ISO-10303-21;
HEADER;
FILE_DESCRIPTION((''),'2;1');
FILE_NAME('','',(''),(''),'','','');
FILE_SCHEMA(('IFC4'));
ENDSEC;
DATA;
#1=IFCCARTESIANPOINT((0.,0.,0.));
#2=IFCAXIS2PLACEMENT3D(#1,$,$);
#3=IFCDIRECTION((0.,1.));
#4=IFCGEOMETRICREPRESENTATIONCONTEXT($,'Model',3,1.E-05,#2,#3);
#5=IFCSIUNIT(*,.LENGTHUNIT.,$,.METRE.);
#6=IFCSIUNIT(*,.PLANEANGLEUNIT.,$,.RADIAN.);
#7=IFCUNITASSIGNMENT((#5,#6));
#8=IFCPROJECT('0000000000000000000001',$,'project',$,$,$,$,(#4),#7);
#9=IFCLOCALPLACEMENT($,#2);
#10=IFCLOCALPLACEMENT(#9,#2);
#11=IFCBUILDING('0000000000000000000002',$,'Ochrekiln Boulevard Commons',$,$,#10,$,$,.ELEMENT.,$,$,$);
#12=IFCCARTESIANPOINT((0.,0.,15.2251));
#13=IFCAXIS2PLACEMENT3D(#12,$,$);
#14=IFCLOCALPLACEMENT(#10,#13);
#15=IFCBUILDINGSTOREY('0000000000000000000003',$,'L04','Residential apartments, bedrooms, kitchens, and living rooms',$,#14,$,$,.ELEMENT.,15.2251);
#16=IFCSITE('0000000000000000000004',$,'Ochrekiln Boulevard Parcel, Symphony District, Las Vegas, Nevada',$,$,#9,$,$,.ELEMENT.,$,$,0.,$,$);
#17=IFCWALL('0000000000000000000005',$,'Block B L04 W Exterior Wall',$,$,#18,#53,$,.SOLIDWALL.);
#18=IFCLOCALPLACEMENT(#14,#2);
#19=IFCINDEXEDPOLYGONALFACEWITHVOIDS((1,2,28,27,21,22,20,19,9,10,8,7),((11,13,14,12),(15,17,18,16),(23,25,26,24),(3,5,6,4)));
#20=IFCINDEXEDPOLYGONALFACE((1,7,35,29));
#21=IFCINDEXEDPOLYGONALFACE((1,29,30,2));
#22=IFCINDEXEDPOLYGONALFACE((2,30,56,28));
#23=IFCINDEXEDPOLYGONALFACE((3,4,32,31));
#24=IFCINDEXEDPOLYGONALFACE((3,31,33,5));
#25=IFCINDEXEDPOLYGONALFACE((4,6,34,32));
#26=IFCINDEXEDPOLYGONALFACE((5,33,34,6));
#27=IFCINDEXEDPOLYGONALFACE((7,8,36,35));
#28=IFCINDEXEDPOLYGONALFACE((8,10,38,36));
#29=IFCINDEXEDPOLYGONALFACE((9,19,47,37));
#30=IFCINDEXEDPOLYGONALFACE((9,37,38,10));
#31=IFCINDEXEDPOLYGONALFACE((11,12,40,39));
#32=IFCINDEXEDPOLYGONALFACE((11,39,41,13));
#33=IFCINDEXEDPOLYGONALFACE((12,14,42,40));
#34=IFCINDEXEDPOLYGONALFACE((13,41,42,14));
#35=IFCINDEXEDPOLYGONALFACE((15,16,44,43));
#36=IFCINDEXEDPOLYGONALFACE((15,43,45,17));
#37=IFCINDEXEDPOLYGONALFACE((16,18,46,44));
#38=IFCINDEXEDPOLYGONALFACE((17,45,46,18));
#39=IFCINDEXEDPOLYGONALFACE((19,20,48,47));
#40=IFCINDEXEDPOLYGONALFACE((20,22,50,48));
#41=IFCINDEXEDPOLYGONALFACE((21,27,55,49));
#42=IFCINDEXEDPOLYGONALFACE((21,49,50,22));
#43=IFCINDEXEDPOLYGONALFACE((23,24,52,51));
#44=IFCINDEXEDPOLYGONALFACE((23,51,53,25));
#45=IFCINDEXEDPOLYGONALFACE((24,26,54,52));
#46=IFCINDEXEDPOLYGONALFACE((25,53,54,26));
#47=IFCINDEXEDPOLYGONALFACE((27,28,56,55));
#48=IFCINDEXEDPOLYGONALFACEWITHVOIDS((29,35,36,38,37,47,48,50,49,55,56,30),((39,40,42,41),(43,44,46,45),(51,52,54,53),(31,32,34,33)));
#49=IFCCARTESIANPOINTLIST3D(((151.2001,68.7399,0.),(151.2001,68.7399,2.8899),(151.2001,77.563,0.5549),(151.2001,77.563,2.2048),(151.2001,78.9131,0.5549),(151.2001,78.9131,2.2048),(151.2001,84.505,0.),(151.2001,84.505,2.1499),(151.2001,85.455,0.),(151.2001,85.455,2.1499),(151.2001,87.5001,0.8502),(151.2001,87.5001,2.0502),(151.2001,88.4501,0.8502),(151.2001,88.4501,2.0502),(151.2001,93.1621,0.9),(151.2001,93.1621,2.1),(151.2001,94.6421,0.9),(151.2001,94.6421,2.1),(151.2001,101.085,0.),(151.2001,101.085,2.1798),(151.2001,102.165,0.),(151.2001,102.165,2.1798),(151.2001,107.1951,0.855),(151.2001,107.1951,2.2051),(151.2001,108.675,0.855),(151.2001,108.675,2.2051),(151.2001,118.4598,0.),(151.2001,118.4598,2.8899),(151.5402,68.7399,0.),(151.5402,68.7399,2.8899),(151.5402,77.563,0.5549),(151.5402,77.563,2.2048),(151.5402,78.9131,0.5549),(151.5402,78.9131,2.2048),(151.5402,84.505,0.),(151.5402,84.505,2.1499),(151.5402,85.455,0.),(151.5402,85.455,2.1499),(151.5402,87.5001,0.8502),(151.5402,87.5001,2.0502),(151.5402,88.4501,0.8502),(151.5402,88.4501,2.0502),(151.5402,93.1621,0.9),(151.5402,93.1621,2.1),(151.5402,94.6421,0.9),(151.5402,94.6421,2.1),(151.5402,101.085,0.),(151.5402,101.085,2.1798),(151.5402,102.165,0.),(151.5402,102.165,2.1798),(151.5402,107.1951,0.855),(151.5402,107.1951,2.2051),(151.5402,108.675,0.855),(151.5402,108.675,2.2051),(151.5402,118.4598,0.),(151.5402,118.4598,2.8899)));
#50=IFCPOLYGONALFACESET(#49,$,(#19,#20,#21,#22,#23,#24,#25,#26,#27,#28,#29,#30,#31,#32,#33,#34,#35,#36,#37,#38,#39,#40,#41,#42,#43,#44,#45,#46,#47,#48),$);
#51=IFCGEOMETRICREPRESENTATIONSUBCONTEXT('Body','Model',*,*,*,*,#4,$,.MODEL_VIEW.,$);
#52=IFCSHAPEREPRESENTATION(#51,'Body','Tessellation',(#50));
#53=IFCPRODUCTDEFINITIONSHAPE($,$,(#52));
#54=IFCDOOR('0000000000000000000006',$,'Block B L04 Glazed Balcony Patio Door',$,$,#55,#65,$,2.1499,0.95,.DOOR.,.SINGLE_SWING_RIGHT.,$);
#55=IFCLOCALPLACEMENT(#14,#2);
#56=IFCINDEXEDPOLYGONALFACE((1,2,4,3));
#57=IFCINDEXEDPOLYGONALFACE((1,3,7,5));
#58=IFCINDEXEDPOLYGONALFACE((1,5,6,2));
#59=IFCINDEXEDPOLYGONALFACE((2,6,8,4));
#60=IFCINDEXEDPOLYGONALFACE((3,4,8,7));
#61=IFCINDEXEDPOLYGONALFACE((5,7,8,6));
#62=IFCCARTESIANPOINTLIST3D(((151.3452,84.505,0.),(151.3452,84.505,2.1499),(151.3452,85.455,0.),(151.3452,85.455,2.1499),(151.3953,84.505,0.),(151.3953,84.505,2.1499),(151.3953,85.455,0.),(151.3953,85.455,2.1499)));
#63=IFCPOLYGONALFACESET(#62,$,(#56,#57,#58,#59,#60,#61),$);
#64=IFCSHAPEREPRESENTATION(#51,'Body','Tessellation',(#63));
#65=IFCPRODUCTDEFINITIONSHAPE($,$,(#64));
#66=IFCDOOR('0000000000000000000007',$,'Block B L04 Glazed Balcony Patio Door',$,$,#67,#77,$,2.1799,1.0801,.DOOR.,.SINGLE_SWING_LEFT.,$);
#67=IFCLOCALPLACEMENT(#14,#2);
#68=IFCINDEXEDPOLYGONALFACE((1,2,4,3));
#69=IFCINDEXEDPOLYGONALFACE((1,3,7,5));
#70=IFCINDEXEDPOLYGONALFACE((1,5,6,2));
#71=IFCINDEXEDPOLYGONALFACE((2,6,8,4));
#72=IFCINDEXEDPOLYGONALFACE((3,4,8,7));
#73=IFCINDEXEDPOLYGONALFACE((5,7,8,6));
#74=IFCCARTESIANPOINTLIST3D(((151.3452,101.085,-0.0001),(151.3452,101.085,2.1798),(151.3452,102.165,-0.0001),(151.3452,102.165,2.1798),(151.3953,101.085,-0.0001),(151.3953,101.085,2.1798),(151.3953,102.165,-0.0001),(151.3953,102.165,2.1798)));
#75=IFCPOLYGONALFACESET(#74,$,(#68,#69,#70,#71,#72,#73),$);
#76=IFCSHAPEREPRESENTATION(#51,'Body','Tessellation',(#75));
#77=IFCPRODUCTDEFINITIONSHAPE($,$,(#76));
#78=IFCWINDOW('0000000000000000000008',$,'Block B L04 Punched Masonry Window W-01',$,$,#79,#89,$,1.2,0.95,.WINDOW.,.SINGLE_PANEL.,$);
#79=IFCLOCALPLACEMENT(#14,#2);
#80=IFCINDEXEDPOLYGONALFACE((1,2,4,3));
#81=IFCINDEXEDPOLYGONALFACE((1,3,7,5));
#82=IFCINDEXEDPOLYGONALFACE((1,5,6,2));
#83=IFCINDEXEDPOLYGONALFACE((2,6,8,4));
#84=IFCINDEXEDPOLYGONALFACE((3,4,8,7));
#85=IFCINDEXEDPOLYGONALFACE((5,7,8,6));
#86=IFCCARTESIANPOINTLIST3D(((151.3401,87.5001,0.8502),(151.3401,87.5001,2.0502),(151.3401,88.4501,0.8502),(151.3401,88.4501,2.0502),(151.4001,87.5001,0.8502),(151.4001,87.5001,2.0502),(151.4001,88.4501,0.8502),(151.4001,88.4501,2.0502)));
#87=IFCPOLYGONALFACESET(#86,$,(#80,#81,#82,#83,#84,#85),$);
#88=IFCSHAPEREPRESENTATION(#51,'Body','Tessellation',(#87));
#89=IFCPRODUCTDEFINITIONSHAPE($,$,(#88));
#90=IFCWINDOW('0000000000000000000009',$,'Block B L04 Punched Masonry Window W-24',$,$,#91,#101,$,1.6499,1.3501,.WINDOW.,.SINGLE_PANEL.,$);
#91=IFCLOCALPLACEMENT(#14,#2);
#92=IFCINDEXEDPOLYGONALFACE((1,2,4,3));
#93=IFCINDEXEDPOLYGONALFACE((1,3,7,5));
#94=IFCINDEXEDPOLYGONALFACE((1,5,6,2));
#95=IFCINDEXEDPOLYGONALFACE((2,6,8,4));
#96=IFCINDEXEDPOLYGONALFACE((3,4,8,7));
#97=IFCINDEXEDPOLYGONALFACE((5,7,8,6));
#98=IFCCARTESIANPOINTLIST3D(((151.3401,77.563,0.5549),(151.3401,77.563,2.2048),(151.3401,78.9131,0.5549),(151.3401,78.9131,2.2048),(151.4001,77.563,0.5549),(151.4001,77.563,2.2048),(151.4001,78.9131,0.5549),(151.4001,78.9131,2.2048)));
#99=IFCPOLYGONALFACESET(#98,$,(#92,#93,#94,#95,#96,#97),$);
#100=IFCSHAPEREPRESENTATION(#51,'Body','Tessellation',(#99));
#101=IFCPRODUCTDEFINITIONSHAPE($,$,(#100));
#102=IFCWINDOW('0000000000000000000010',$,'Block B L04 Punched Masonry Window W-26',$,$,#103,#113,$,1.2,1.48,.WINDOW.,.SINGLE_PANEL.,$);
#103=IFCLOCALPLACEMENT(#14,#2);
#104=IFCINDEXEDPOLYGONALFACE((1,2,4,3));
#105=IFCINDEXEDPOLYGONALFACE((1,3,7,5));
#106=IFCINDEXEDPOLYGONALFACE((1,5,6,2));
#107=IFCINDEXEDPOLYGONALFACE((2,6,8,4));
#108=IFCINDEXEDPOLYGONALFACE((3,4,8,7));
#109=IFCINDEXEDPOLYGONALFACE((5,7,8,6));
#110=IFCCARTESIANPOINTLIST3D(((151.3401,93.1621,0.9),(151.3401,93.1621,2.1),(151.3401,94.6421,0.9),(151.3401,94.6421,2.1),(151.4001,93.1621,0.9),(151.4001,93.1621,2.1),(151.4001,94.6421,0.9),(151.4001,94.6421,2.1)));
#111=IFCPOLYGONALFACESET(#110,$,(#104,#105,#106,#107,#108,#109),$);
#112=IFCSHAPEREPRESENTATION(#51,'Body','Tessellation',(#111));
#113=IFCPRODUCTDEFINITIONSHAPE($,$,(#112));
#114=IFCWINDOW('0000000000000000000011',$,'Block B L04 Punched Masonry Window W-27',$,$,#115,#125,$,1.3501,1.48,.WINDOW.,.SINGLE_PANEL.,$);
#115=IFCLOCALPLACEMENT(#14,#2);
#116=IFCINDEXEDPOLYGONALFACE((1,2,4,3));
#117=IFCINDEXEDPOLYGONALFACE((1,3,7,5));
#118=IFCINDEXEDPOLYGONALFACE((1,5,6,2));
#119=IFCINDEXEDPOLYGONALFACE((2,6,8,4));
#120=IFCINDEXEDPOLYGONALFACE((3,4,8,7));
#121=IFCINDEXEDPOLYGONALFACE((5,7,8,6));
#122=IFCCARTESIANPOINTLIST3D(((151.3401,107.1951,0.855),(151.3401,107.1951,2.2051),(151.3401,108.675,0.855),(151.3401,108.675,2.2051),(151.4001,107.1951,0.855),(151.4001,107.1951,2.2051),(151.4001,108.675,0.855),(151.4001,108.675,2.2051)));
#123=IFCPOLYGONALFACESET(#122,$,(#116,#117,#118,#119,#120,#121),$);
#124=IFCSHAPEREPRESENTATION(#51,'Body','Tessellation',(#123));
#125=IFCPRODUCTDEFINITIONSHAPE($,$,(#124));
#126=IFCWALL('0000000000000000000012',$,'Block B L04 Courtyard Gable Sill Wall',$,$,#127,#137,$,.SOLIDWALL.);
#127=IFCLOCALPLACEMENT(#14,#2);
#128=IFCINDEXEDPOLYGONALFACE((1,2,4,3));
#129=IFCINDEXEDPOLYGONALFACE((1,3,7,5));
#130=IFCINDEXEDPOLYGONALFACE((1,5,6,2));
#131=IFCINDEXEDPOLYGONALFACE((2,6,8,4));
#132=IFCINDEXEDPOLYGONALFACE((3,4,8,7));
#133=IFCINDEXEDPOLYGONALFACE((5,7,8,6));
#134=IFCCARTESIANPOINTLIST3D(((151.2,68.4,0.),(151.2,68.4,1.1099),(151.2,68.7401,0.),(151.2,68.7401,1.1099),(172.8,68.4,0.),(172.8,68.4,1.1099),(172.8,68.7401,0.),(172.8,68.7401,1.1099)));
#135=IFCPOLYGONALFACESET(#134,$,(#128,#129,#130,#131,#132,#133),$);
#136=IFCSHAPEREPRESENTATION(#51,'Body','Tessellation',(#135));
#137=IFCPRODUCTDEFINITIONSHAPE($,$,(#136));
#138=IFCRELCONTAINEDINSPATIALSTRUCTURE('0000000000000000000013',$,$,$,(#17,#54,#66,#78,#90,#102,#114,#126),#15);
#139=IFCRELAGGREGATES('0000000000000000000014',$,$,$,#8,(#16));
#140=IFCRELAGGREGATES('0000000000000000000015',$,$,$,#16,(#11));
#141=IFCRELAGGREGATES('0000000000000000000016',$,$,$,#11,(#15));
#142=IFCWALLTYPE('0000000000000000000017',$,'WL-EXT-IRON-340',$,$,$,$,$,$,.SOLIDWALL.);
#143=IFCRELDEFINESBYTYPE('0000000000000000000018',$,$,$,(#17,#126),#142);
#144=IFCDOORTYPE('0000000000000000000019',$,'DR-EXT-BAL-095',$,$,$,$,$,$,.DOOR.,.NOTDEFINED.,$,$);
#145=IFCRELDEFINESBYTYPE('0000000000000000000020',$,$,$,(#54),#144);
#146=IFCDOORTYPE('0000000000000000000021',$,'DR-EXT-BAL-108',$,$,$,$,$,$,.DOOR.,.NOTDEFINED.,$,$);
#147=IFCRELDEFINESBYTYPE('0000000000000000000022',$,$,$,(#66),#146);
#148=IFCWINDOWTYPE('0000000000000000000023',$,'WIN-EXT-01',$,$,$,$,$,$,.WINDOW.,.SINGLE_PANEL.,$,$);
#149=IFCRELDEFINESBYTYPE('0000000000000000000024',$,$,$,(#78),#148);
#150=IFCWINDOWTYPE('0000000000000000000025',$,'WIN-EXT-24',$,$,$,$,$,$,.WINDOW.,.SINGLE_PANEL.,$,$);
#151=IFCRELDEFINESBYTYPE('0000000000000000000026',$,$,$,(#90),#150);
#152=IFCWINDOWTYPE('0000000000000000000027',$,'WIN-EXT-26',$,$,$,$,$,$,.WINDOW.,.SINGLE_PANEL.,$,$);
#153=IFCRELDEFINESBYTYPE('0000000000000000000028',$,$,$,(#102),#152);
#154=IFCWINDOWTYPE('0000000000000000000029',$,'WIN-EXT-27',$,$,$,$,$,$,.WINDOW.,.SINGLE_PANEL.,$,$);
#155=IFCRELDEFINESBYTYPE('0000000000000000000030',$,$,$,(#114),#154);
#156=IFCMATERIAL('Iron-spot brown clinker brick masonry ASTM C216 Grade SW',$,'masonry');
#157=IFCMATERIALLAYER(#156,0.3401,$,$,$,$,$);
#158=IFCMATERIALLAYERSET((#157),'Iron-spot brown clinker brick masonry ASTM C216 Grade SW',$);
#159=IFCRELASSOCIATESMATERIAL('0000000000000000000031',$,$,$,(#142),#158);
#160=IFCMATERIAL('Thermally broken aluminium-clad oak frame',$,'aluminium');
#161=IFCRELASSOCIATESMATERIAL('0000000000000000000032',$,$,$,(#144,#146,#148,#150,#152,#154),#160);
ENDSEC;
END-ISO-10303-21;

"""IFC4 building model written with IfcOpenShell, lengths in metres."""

from ifc_helpers import new_model, si_unit, direction, frame, frame_2d, origin, place, context, subcontext, project, spatial, rectangle, extrude, material, layer, layer_set, type_object, element, fill, save


model = new_model("IFC4")

# Units and contexts
model_context = context("Model", 3, precision=1e-05, world=origin(), true_north=direction((0.0, 1.0)))
body_context = subcontext(model_context, "Body", "Model", "MODEL_VIEW")
ifc_project = project(units=[si_unit("LENGTHUNIT", "METRE"), si_unit("PLANEANGLEUNIT", "RADIAN")], contexts=[model_context])

# Site, building, storey
site_placement = place(None, origin())
site = spatial("IfcSite", under=ifc_project, at=site_placement, Name="Ochrekiln Boulevard Parcel, Symphony District, Las Vegas, Nevada", CompositionType="ELEMENT", RefElevation=0.0)
building_placement = place(site_placement, origin())
building = spatial("IfcBuilding", under=site, at=building_placement, Name="Ochrekiln Boulevard Commons", CompositionType="ELEMENT")
storey_placement = place(building_placement, frame((0.0, 0.0, 15.2251)))
storey = spatial("IfcBuildingStorey", under=building, at=storey_placement, Name="L04", Description="Residential apartments, bedrooms, kitchens, and living rooms", CompositionType="ELEMENT", Elevation=15.2251)

# Wall, openings, doors, windows
ifc_material_1 = material(Name="Iron-spot brown clinker brick masonry ASTM C216 Grade SW", Category="masonry")
ifc_layer_1 = layer(ifc_material_1, 0.3401)
ifc_layer_set_1 = layer_set([ifc_layer_1], Name="Iron-spot brown clinker brick masonry ASTM C216 Grade SW")
wall_type = type_object("IfcWallType", Name="WL-EXT-IRON-340", PredefinedType="SOLIDWALL", material=ifc_layer_set_1)
wall_1_placement = place(storey_placement, frame((151.3701, 68.74, 0.0), z_axis=(0.0, 0.0, 1.0), x_axis=(0.0, 1.0, 0.0)))
wall_1 = element("IfcWall", 1, at=wall_1_placement, inside=storey, type_object=wall_type, Name="Block B L04 W Exterior Wall", PredefinedType="SOLIDWALL", context=body_context, shape_type="SweptSolid", body=[
    extrude(rectangle(XDim=49.72, YDim=0.3401, at=frame_2d((24.8599, 0.0))), origin(), (0.0, 0.0, 1.0), 2.8899),
])
opening_1_placement = place(wall_1_placement, frame((15.7649, 0.0, 0.0)))
opening_1 = element("IfcOpeningElement", 2, at=opening_1_placement, cuts=wall_1, PredefinedType="OPENING", context=body_context, shape_type="SweptSolid", body=[
    extrude(rectangle(XDim=0.95, YDim=2.1499, at=frame_2d((0.4751, 1.075))), frame((0.0, 0.1799, 0.0), z_axis=(0.0, -1.0, 0.0), x_axis=(1.0, 0.0, 0.0)), (0.0, 0.0, 1.0), 0.3601),
])
opening_2_placement = place(wall_1_placement, frame((8.823, 0.0, 0.5549)))
opening_2 = element("IfcOpeningElement", 3, at=opening_2_placement, cuts=wall_1, PredefinedType="OPENING", context=body_context, shape_type="SweptSolid", body=[
    extrude(rectangle(XDim=1.3501, YDim=1.6499, at=frame_2d((0.675, 0.825))), frame((0.0, 0.1799, 0.0), z_axis=(0.0, -1.0, 0.0), x_axis=(1.0, 0.0, 0.0)), (0.0, 0.0, 1.0), 0.3601),
])
opening_3_placement = place(wall_1_placement, frame((18.76, 0.0, 0.8501)))
opening_3 = element("IfcOpeningElement", 4, at=opening_3_placement, cuts=wall_1, PredefinedType="OPENING", context=body_context, shape_type="SweptSolid", body=[
    extrude(rectangle(XDim=0.95, YDim=1.2, at=frame_2d((0.4751, 0.6001))), frame((0.0, 0.1799, 0.0), z_axis=(0.0, -1.0, 0.0), x_axis=(1.0, 0.0, 0.0)), (0.0, 0.0, 1.0), 0.3601),
])
opening_4_placement = place(wall_1_placement, frame((32.345, 0.0, 0.0)))
opening_4 = element("IfcOpeningElement", 5, at=opening_4_placement, cuts=wall_1, PredefinedType="OPENING", context=body_context, shape_type="SweptSolid", body=[
    extrude(rectangle(XDim=1.0801, YDim=2.1799, at=frame_2d((0.54, 1.0898))), frame((0.0, 0.1799, 0.0), z_axis=(0.0, -1.0, 0.0), x_axis=(1.0, 0.0, 0.0)), (0.0, 0.0, 1.0), 0.3601),
])
opening_5_placement = place(wall_1_placement, frame((24.4221, 0.0, 0.8999)))
opening_5 = element("IfcOpeningElement", 6, at=opening_5_placement, cuts=wall_1, PredefinedType="OPENING", context=body_context, shape_type="SweptSolid", body=[
    extrude(rectangle(XDim=1.48, YDim=1.2, at=frame_2d((0.74, 0.6001))), frame((0.0, 0.1799, 0.0), z_axis=(0.0, -1.0, 0.0), x_axis=(1.0, 0.0, 0.0)), (0.0, 0.0, 1.0), 0.3601),
])
opening_6_placement = place(wall_1_placement, frame((38.4551, 0.0, 0.855)))
opening_6 = element("IfcOpeningElement", 7, at=opening_6_placement, cuts=wall_1, PredefinedType="OPENING", context=body_context, shape_type="SweptSolid", body=[
    extrude(rectangle(XDim=1.48, YDim=1.3501, at=frame_2d((0.74, 0.675))), frame((0.0, 0.1799, 0.0), z_axis=(0.0, -1.0, 0.0), x_axis=(1.0, 0.0, 0.0)), (0.0, 0.0, 1.0), 0.3601),
])
ifc_material_2 = material(Name="Thermally broken aluminium-clad oak frame", Category="aluminium")
door_type_1 = type_object("IfcDoorType", Name="DR-EXT-BAL-095", OperationType="NOTDEFINED", PredefinedType="DOOR", material=ifc_material_2)
door_1_placement = place(opening_1_placement, origin())
door_1 = element("IfcDoor", 8, at=door_1_placement, inside=storey, type_object=door_type_1, Name="Block B L04 Glazed Balcony Patio Door", OperationType="SINGLE_SWING_RIGHT", OverallHeight=2.1499, OverallWidth=0.95, PredefinedType="DOOR", context=body_context, shape_type="SweptSolid", body=[
    extrude(rectangle(XDim=0.95, YDim=2.1499, at=frame_2d((0.4751, 1.075))), frame((0.0, 0.0249, 0.0), z_axis=(0.0, -1.0, 0.0), x_axis=(1.0, 0.0, 0.0)), (0.0, 0.0, 1.0), 0.05),
])
fill(opening_1, door_1)
door_type_2 = type_object("IfcDoorType", Name="DR-EXT-BAL-108", OperationType="NOTDEFINED", PredefinedType="DOOR", material=ifc_material_2)
door_2_placement = place(opening_4_placement, origin())
door_2 = element("IfcDoor", 9, at=door_2_placement, inside=storey, type_object=door_type_2, Name="Block B L04 Glazed Balcony Patio Door", OperationType="SINGLE_SWING_LEFT", OverallHeight=2.1799, OverallWidth=1.0801, PredefinedType="DOOR", context=body_context, shape_type="SweptSolid", body=[
    extrude(rectangle(XDim=1.0801, YDim=2.1799, at=frame_2d((0.54, 1.0898))), frame((0.0, 0.0249, 0.0), z_axis=(0.0, -1.0, 0.0), x_axis=(1.0, 0.0, 0.0)), (0.0, 0.0, 1.0), 0.05),
])
fill(opening_4, door_2)
window_type_1 = type_object("IfcWindowType", Name="WIN-EXT-01", PartitioningType="SINGLE_PANEL", PredefinedType="WINDOW", material=ifc_material_2)
window_1_placement = place(opening_3_placement, origin())
window_1 = element("IfcWindow", 10, at=window_1_placement, inside=storey, type_object=window_type_1, Name="Block B L04 Punched Masonry Window W-01", OverallHeight=1.2, OverallWidth=0.95, PartitioningType="SINGLE_PANEL", PredefinedType="WINDOW", context=body_context, shape_type="SweptSolid", body=[
    extrude(rectangle(XDim=0.95, YDim=1.2, at=frame_2d((0.4751, 0.6001))), frame((0.0, 0.03, 0.0), z_axis=(0.0, -1.0, 0.0), x_axis=(1.0, 0.0, 0.0)), (0.0, 0.0, 1.0), 0.0601),
])
fill(opening_3, window_1)
window_type_2 = type_object("IfcWindowType", Name="WIN-EXT-24", PartitioningType="SINGLE_PANEL", PredefinedType="WINDOW", material=ifc_material_2)
window_2_placement = place(opening_2_placement, origin())
window_2 = element("IfcWindow", 11, at=window_2_placement, inside=storey, type_object=window_type_2, Name="Block B L04 Punched Masonry Window W-24", OverallHeight=1.6499, OverallWidth=1.3501, PartitioningType="SINGLE_PANEL", PredefinedType="WINDOW", context=body_context, shape_type="SweptSolid", body=[
    extrude(rectangle(XDim=1.3501, YDim=1.6499, at=frame_2d((0.675, 0.825))), frame((0.0, 0.03, 0.0), z_axis=(0.0, -1.0, 0.0), x_axis=(1.0, 0.0, 0.0)), (0.0, 0.0, 1.0), 0.0601),
])
fill(opening_2, window_2)
window_type_3 = type_object("IfcWindowType", Name="WIN-EXT-26", PartitioningType="SINGLE_PANEL", PredefinedType="WINDOW", material=ifc_material_2)
window_3_placement = place(opening_5_placement, origin())
window_3 = element("IfcWindow", 12, at=window_3_placement, inside=storey, type_object=window_type_3, Name="Block B L04 Punched Masonry Window W-26", OverallHeight=1.2, OverallWidth=1.48, PartitioningType="SINGLE_PANEL", PredefinedType="WINDOW", context=body_context, shape_type="SweptSolid", body=[
    extrude(rectangle(XDim=1.48, YDim=1.2, at=frame_2d((0.74, 0.6001))), frame((0.0, 0.03, 0.0), z_axis=(0.0, -1.0, 0.0), x_axis=(1.0, 0.0, 0.0)), (0.0, 0.0, 1.0), 0.0601),
])
fill(opening_5, window_3)
window_type_4 = type_object("IfcWindowType", Name="WIN-EXT-27", PartitioningType="SINGLE_PANEL", PredefinedType="WINDOW", material=ifc_material_2)
window_4_placement = place(opening_6_placement, origin())
window_4 = element("IfcWindow", 13, at=window_4_placement, inside=storey, type_object=window_type_4, Name="Block B L04 Punched Masonry Window W-27", OverallHeight=1.3501, OverallWidth=1.48, PartitioningType="SINGLE_PANEL", PredefinedType="WINDOW", context=body_context, shape_type="SweptSolid", body=[
    extrude(rectangle(XDim=1.48, YDim=1.3501, at=frame_2d((0.74, 0.675))), frame((0.0, 0.03, 0.0), z_axis=(0.0, -1.0, 0.0), x_axis=(1.0, 0.0, 0.0)), (0.0, 0.0, 1.0), 0.0601),
])
fill(opening_6, window_4)

# Wall
wall_2_placement = place(storey_placement, frame((151.2, 68.5701, 0.0), z_axis=(0.0, 0.0, 1.0), x_axis=(1.0, 0.0, 0.0)))
element("IfcWall", 14, at=wall_2_placement, inside=storey, type_object=wall_type, Name="Block B L04 Courtyard Gable Sill Wall", PredefinedType="SOLIDWALL", context=body_context, shape_type="SweptSolid", body=[
    extrude(rectangle(XDim=21.6001, YDim=0.3401, at=frame_2d((10.8, 0.0))), origin(), (0.0, 0.0, 1.0), 1.1099),
])

save(model, "model.ifc")
